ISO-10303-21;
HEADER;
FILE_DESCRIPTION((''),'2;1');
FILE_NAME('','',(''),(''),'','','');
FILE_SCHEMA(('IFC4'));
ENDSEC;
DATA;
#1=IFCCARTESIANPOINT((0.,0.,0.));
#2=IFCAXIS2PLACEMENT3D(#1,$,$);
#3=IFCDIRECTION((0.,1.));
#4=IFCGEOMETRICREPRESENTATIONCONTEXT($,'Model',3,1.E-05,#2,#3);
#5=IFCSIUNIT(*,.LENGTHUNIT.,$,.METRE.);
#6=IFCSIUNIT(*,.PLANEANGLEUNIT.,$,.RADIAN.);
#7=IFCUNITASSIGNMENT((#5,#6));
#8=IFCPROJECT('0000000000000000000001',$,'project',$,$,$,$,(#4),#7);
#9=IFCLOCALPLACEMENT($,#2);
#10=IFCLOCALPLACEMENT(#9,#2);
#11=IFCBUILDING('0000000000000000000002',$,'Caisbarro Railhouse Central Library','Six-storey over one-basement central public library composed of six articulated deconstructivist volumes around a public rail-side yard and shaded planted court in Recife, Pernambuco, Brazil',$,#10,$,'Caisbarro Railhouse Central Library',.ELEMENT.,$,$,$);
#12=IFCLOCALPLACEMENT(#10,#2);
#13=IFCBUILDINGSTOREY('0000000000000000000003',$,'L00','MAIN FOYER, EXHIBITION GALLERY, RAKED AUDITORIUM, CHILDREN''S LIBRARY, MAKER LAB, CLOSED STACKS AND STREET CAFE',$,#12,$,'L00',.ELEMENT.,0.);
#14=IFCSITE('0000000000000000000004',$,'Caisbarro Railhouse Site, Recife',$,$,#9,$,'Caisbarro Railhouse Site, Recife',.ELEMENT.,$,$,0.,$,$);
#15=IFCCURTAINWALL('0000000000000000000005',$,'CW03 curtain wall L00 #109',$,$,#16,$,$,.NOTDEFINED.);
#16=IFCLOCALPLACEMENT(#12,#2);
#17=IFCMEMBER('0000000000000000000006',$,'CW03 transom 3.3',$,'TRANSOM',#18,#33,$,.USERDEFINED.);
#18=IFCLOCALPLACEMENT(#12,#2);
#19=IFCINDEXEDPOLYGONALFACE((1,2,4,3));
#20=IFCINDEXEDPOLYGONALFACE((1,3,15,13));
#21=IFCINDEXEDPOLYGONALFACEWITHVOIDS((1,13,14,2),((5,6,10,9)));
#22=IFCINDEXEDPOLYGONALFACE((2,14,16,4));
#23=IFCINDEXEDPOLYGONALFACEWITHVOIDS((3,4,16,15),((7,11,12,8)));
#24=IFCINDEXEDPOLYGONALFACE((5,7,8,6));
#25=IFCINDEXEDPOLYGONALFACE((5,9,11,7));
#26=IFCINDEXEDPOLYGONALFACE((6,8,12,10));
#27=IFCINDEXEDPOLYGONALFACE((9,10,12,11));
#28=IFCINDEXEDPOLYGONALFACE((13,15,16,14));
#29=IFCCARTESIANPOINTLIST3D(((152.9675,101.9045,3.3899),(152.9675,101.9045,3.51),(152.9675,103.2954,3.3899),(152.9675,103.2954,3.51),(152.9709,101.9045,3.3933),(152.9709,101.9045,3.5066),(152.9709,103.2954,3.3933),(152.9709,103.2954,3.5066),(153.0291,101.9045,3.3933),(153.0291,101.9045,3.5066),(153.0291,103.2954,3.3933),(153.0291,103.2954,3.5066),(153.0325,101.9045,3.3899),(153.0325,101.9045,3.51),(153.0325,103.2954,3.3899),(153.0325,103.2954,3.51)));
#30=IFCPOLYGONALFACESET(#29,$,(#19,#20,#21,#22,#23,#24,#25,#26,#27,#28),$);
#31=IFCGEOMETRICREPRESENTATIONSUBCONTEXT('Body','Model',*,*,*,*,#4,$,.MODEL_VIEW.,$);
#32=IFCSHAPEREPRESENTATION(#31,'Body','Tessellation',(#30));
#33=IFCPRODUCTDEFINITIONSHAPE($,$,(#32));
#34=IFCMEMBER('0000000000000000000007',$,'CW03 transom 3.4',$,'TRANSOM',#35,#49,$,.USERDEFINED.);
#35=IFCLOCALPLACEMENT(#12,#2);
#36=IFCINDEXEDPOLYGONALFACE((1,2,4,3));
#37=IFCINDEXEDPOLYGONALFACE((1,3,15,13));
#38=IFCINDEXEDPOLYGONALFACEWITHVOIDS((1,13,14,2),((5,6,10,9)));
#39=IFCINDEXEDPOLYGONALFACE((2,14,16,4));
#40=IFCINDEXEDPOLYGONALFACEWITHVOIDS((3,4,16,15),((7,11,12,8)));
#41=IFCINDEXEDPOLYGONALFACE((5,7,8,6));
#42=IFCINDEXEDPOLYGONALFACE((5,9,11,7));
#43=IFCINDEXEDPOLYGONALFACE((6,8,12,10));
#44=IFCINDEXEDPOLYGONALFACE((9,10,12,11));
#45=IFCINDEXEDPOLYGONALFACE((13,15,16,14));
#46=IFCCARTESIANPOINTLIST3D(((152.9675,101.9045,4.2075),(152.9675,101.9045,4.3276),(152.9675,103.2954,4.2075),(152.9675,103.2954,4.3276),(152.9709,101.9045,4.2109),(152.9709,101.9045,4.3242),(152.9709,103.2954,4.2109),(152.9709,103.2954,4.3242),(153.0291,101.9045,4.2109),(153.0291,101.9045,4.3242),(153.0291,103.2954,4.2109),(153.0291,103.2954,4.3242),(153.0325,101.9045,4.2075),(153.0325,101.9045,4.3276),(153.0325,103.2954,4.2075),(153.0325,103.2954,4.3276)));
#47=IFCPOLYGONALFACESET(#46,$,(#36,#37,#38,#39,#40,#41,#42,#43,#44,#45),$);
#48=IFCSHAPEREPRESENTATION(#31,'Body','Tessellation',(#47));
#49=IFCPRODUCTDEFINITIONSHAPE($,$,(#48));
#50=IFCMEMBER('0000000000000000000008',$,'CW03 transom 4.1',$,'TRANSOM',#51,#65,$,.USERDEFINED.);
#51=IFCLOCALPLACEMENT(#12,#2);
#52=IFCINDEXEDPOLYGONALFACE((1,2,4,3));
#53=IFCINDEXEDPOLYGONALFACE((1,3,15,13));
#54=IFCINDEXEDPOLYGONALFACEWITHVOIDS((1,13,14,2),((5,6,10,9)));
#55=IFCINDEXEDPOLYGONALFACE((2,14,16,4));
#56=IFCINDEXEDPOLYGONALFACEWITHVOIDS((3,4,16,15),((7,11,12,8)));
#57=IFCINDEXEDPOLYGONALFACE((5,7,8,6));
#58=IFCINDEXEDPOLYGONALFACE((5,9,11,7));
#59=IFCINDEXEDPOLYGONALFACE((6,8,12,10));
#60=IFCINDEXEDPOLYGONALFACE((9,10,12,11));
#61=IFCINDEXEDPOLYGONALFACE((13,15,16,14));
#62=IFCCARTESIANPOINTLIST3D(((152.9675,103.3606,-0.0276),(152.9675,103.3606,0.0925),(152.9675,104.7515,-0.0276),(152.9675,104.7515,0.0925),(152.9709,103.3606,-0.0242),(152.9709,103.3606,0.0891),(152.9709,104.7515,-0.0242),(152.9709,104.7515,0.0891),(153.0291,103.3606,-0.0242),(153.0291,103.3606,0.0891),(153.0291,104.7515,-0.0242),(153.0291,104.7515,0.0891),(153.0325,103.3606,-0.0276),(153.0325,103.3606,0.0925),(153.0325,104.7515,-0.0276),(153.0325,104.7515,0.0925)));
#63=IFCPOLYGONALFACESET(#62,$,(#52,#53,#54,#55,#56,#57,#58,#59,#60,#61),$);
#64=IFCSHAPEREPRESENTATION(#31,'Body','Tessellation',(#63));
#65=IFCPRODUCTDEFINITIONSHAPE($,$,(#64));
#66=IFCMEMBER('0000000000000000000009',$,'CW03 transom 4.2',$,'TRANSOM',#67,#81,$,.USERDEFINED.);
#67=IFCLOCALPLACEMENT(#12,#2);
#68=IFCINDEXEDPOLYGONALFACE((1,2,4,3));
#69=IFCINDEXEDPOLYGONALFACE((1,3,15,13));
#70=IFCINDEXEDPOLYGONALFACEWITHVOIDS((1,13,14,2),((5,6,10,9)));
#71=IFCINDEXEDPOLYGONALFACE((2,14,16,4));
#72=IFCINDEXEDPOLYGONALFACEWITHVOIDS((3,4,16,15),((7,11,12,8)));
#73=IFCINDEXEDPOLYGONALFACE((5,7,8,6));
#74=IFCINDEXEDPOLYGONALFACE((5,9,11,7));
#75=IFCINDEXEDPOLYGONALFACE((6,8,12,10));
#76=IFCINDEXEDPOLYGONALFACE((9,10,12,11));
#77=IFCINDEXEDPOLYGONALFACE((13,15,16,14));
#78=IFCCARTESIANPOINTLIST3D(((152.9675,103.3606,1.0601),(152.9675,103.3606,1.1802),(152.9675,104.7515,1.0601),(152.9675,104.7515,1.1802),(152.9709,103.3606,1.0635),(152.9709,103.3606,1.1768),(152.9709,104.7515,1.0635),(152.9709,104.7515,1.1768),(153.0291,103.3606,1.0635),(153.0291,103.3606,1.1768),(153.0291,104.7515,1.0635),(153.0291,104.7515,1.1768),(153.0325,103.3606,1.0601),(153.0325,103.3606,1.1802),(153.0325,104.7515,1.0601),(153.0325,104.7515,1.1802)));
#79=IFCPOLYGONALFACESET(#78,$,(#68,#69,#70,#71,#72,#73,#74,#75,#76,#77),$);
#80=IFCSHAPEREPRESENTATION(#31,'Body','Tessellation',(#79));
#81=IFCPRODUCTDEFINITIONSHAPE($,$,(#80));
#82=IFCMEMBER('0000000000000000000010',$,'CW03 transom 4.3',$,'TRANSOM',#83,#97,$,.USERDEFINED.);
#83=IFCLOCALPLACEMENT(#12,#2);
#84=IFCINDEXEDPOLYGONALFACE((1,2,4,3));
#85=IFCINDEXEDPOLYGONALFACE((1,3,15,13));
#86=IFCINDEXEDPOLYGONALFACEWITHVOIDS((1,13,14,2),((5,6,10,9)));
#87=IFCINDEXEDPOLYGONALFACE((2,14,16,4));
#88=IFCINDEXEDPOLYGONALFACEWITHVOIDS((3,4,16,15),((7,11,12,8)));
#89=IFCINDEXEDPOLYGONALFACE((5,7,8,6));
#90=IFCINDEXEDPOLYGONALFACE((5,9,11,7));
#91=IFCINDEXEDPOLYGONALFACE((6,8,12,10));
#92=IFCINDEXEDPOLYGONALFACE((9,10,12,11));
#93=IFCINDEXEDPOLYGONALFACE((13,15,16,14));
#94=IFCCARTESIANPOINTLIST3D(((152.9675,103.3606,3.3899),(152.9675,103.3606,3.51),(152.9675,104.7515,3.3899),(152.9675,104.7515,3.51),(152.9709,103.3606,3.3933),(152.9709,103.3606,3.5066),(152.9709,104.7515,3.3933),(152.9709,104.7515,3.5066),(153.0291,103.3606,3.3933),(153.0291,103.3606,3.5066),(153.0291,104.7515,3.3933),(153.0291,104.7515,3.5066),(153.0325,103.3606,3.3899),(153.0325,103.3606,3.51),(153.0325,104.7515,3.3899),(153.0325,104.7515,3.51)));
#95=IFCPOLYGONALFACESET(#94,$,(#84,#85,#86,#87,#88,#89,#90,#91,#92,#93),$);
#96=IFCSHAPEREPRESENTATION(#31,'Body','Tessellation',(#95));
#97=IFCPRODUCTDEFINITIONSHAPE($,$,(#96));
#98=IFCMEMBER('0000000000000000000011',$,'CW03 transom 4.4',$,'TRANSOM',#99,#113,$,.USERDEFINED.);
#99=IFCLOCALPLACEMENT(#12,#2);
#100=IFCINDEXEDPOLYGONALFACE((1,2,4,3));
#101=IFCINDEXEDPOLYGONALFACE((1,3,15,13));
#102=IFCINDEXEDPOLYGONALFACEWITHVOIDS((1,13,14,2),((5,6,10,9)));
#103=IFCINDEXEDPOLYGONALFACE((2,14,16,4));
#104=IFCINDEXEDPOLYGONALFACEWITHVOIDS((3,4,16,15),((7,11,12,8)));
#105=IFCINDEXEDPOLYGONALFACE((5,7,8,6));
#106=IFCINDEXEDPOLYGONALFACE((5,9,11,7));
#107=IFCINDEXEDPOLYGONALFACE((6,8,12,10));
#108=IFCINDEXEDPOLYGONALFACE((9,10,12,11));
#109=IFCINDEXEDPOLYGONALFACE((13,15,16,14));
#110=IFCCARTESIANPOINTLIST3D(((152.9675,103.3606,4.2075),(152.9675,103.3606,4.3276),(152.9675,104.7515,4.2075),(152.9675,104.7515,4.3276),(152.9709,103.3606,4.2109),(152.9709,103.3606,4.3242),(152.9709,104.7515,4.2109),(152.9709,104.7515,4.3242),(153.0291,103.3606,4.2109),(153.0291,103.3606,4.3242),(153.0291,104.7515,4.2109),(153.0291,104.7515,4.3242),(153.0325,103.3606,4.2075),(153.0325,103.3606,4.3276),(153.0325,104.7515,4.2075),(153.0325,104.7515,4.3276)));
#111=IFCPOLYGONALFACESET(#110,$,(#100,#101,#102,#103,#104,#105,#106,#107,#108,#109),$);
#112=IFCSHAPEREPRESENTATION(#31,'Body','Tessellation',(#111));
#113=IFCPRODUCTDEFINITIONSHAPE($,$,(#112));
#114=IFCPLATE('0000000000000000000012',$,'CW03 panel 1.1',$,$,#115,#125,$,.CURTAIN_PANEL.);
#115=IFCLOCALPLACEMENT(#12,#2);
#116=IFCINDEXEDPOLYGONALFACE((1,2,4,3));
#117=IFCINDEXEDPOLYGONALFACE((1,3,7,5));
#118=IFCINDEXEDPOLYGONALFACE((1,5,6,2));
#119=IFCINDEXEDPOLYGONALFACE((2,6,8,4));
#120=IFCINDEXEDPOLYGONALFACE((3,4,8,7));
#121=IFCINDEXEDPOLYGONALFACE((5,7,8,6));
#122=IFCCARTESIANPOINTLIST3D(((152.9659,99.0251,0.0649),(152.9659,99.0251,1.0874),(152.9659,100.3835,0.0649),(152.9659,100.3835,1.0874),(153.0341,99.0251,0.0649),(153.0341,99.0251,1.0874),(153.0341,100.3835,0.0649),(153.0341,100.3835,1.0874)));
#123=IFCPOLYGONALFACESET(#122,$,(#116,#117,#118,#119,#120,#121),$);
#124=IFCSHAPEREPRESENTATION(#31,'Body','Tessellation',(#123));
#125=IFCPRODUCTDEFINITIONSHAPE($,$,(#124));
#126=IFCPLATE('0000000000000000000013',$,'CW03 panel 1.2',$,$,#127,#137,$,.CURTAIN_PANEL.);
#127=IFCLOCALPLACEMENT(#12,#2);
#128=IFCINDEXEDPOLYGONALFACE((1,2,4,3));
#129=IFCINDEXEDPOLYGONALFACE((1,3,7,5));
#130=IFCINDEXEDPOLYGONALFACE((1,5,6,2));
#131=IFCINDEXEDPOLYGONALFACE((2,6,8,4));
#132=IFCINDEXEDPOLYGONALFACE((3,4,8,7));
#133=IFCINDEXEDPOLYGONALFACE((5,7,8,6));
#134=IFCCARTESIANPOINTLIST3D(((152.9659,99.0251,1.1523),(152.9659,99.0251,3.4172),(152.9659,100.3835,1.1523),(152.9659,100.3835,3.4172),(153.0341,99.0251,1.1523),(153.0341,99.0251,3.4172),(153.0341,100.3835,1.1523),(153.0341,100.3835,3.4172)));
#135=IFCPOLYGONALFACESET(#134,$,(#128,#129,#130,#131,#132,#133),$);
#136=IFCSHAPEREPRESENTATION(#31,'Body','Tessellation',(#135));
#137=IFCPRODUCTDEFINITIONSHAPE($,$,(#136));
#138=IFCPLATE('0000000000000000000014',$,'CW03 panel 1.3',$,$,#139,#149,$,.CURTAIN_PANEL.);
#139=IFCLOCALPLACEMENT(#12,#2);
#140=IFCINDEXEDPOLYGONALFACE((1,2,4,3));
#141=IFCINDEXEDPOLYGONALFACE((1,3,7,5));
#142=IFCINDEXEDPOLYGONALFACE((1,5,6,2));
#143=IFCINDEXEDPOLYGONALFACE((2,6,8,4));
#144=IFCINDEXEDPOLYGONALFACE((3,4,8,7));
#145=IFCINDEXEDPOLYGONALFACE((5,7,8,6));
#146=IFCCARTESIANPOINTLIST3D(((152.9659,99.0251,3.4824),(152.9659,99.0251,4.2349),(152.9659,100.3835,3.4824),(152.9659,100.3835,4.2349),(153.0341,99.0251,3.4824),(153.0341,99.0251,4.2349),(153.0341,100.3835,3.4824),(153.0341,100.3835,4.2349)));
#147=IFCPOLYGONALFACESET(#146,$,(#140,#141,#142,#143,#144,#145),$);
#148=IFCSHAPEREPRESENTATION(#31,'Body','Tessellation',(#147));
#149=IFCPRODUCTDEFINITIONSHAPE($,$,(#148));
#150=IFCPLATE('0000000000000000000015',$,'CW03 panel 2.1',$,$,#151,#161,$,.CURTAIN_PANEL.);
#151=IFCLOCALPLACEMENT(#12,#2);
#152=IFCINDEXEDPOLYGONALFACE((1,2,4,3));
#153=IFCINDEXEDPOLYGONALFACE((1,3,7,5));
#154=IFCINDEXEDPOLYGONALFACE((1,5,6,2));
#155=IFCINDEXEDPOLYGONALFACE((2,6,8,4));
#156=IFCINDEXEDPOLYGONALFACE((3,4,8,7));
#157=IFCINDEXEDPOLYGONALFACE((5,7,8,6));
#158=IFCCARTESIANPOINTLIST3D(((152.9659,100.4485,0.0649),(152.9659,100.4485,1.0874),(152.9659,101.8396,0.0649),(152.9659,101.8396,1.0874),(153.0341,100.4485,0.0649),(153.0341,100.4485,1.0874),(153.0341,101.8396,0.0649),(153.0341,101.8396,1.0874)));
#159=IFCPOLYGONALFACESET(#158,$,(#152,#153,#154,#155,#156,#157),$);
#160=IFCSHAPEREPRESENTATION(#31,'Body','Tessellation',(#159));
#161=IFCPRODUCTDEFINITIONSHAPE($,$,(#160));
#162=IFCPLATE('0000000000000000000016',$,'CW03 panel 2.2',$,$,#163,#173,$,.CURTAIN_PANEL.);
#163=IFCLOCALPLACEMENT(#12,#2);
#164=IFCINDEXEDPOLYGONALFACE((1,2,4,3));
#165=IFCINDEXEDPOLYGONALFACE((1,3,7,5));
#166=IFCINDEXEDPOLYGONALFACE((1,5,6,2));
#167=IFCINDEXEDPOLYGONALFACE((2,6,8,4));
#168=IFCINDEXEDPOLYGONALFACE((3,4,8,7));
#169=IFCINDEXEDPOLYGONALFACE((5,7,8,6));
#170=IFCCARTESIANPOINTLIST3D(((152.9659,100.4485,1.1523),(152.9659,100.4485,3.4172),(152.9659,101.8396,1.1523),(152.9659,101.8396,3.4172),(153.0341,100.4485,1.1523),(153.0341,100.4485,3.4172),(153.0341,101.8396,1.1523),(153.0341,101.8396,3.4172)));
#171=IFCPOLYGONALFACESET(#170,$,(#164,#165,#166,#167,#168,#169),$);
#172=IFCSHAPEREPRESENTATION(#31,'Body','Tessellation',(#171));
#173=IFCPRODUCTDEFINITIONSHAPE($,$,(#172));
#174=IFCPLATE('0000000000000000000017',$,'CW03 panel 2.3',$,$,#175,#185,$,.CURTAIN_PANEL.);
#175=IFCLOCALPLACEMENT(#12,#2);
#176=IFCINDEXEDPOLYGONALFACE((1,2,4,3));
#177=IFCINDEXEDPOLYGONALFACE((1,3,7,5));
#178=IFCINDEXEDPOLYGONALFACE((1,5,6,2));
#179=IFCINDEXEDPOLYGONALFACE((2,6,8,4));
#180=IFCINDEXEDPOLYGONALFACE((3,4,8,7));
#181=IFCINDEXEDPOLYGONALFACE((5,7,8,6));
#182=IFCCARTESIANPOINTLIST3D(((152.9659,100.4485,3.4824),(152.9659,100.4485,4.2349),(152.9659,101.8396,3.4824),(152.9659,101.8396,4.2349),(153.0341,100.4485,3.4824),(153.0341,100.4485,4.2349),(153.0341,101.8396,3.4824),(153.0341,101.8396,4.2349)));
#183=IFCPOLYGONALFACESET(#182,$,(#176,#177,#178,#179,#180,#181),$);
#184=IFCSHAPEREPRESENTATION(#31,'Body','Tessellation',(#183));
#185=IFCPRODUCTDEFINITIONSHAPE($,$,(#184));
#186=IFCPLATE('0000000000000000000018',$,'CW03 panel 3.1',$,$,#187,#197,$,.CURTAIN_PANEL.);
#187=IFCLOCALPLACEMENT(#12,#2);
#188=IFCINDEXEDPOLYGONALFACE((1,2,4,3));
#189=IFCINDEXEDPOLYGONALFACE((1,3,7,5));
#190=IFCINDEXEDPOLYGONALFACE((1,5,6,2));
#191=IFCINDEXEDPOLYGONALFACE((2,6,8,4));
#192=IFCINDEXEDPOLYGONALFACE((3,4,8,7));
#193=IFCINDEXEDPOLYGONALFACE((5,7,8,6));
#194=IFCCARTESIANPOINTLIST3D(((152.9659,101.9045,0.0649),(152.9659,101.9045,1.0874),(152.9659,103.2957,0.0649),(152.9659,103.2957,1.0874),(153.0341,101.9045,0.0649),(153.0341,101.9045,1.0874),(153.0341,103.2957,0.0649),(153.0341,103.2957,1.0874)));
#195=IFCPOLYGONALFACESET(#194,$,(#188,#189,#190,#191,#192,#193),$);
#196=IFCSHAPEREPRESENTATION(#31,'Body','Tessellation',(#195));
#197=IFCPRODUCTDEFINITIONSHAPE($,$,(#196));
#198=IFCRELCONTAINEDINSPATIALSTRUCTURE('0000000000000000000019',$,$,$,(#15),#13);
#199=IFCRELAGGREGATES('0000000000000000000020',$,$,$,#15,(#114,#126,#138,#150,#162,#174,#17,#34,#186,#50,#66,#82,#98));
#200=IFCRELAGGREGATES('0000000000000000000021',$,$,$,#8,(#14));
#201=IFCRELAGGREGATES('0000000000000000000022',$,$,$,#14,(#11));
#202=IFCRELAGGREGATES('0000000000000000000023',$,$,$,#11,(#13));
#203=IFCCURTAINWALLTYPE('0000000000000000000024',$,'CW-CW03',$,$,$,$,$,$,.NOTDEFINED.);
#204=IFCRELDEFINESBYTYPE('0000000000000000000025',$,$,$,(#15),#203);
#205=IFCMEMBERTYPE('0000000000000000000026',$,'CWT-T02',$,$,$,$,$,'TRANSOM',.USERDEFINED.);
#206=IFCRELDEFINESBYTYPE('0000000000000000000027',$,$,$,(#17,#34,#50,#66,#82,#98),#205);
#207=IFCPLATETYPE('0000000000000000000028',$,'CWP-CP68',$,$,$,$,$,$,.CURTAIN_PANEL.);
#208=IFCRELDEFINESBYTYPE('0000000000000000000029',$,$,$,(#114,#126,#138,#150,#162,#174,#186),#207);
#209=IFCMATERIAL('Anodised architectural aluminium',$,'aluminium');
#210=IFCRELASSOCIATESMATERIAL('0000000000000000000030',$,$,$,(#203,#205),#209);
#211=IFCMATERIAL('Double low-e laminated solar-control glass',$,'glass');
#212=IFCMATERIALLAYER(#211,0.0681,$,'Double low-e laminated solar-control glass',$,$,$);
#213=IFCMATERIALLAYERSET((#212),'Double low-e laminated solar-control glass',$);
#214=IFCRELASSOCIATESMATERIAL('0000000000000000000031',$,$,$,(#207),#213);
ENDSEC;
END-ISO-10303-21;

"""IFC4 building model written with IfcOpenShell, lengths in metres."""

from ifc_helpers import new_model, si_unit, direction, frame, origin, origin_2d, place, context, subcontext, project, spatial, rectangle, hollow_rectangle, extrude, material, layer, layer_set, material_profile, profile_set, type_object, element, aggregate, save


model = new_model("IFC4")

# Units and contexts
model_context = context("Model", 3, precision=1e-05, world=origin(), true_north=direction((0.0, 1.0)))
body_context = subcontext(model_context, "Body", "Model", "MODEL_VIEW")
ifc_project = project(units=[si_unit("LENGTHUNIT", "METRE"), si_unit("PLANEANGLEUNIT", "RADIAN")], contexts=[model_context])

# Site, building, storey
site_placement = place(None, origin())
site = spatial("IfcSite", under=ifc_project, at=site_placement, Name="Caisbarro Railhouse Site, Recife", LongName="Caisbarro Railhouse Site, Recife", CompositionType="ELEMENT", RefElevation=0.0)
building_placement = place(site_placement, origin())
building = spatial("IfcBuilding", under=site, at=building_placement, Name="Caisbarro Railhouse Central Library", Description="Six-storey over one-basement central public library composed of six articulated deconstructivist volumes around a public rail-side yard and shaded planted court in Recife, Pernambuco, Brazil", LongName="Caisbarro Railhouse Central Library", CompositionType="ELEMENT")
storey_placement = place(building_placement, origin())
storey = spatial("IfcBuildingStorey", under=building, at=storey_placement, Name="L00", Description="MAIN FOYER, EXHIBITION GALLERY, RAKED AUDITORIUM, CHILDREN'S LIBRARY, MAKER LAB, CLOSED STACKS AND STREET CAFE", LongName="L00", CompositionType="ELEMENT", Elevation=0.0)

# Curtain wall, members, plates
ifc_material_1 = material(Name="Anodised architectural aluminium", Category="aluminium")
curtain_wall_type = type_object("IfcCurtainWallType", Name="CW-CW03", PredefinedType="NOTDEFINED", material=ifc_material_1)
curtain_wall_placement = place(storey_placement, origin())
curtain_wall = element("IfcCurtainWall", 1, at=curtain_wall_placement, inside=storey, type_object=curtain_wall_type, Name="CW03 curtain wall L00 #109", PredefinedType="NOTDEFINED")
ifc_material_profile_1 = material_profile(ifc_material_1, hollow_rectangle(XDim=0.0649, YDim=0.1201, WallThickness=0.0034, at=origin_2d()), Name="ALU-TRN-65X120")
ifc_profile_set_1 = profile_set([ifc_material_profile_1], Name="Anodised architectural aluminium")
member_type_1 = type_object("IfcMemberType", Name="CWT-T02", ElementType="TRANSOM", PredefinedType="USERDEFINED", material=ifc_profile_set_1)
member_1_placement = place(storey_placement, frame((153.0, 101.9045, 3.45), z_axis=(0.0, 1.0, 0.0), x_axis=(-1.0, 0.0, 0.0)))
member_1 = element("IfcMember", 2, at=member_1_placement, type_object=member_type_1, Name="CW03 transom 3.3", ObjectType="TRANSOM", PredefinedType="USERDEFINED", context=body_context, shape_type="SweptSolid", body=[
    extrude(hollow_rectangle(XDim=0.0649, YDim=0.1201, WallThickness=0.0034, at=origin_2d()), origin(), (0.0, 0.0, 1.0), 1.3909),
])
member_2_placement = place(storey_placement, frame((153.0, 101.9045, 4.2676), z_axis=(0.0, 1.0, 0.0), x_axis=(-1.0, 0.0, 0.0)))
member_2 = element("IfcMember", 3, at=member_2_placement, type_object=member_type_1, Name="CW03 transom 3.4", ObjectType="TRANSOM", PredefinedType="USERDEFINED", context=body_context, shape_type="SweptSolid", body=[
    extrude(hollow_rectangle(XDim=0.0649, YDim=0.1201, WallThickness=0.0034, at=origin_2d()), origin(), (0.0, 0.0, 1.0), 1.3909),
])
member_3_placement = place(storey_placement, frame((153.0, 103.3606, 0.0325), z_axis=(0.0, 1.0, 0.0), x_axis=(-1.0, 0.0, 0.0)))
member_3 = element("IfcMember", 4, at=member_3_placement, type_object=member_type_1, Name="CW03 transom 4.1", ObjectType="TRANSOM", PredefinedType="USERDEFINED", context=body_context, shape_type="SweptSolid", body=[
    extrude(hollow_rectangle(XDim=0.0649, YDim=0.1201, WallThickness=0.0034, at=origin_2d()), origin(), (0.0, 0.0, 1.0), 1.3909),
])
member_4_placement = place(storey_placement, frame((153.0, 103.3606, 1.1201), z_axis=(0.0, 1.0, 0.0), x_axis=(-1.0, 0.0, 0.0)))
member_4 = element("IfcMember", 5, at=member_4_placement, type_object=member_type_1, Name="CW03 transom 4.2", ObjectType="TRANSOM", PredefinedType="USERDEFINED", context=body_context, shape_type="SweptSolid", body=[
    extrude(hollow_rectangle(XDim=0.0649, YDim=0.1201, WallThickness=0.0034, at=origin_2d()), origin(), (0.0, 0.0, 1.0), 1.3909),
])
member_5_placement = place(storey_placement, frame((153.0, 103.3606, 3.45), z_axis=(0.0, 1.0, 0.0), x_axis=(-1.0, 0.0, 0.0)))
member_5 = element("IfcMember", 6, at=member_5_placement, type_object=member_type_1, Name="CW03 transom 4.3", ObjectType="TRANSOM", PredefinedType="USERDEFINED", context=body_context, shape_type="SweptSolid", body=[
    extrude(hollow_rectangle(XDim=0.0649, YDim=0.1201, WallThickness=0.0034, at=origin_2d()), origin(), (0.0, 0.0, 1.0), 1.3909),
])
member_6_placement = place(storey_placement, frame((153.0, 103.3606, 4.2676), z_axis=(0.0, 1.0, 0.0), x_axis=(-1.0, 0.0, 0.0)))
member_6 = element("IfcMember", 7, at=member_6_placement, type_object=member_type_1, Name="CW03 transom 4.4", ObjectType="TRANSOM", PredefinedType="USERDEFINED", context=body_context, shape_type="SweptSolid", body=[
    extrude(hollow_rectangle(XDim=0.0649, YDim=0.1201, WallThickness=0.0034, at=origin_2d()), origin(), (0.0, 0.0, 1.0), 1.3909),
])
ifc_material_2 = material(Name="Double low-e laminated solar-control glass", Category="glass")
ifc_layer = layer(ifc_material_2, 0.0681, Name="Double low-e laminated solar-control glass")
ifc_layer_set = layer_set([ifc_layer], Name="Double low-e laminated solar-control glass")
plate_type = type_object("IfcPlateType", Name="CWP-CP68", PredefinedType="CURTAIN_PANEL", material=ifc_layer_set)
plate_1_placement = place(storey_placement, frame((153.0, 99.7043, 0.0649), z_axis=(0.0, 0.0, 1.0), x_axis=(0.0, 1.0, 0.0)))
plate_1 = element("IfcPlate", 8, at=plate_1_placement, type_object=plate_type, Name="CW03 panel 1.1", PredefinedType="CURTAIN_PANEL", context=body_context, shape_type="SweptSolid", body=[
    extrude(rectangle(XDim=1.3584, YDim=0.0681, at=origin_2d()), origin(), (0.0, 0.0, 1.0), 1.0225),
])
plate_2_placement = place(storey_placement, frame((153.0, 99.7043, 1.1523), z_axis=(0.0, 0.0, 1.0), x_axis=(0.0, 1.0, 0.0)))
plate_2 = element("IfcPlate", 9, at=plate_2_placement, type_object=plate_type, Name="CW03 panel 1.2", PredefinedType="CURTAIN_PANEL", context=body_context, shape_type="SweptSolid", body=[
    extrude(rectangle(XDim=1.3584, YDim=0.0681, at=origin_2d()), origin(), (0.0, 0.0, 1.0), 2.2649),
])
plate_3_placement = place(storey_placement, frame((153.0, 99.7043, 3.4824), z_axis=(0.0, 0.0, 1.0), x_axis=(0.0, 1.0, 0.0)))
plate_3 = element("IfcPlate", 10, at=plate_3_placement, type_object=plate_type, Name="CW03 panel 1.3", PredefinedType="CURTAIN_PANEL", context=body_context, shape_type="SweptSolid", body=[
    extrude(rectangle(XDim=1.3584, YDim=0.0681, at=origin_2d()), origin(), (0.0, 0.0, 1.0), 0.7524),
])
plate_4_placement = place(storey_placement, frame((153.0, 101.144, 0.0649), z_axis=(0.0, 0.0, 1.0), x_axis=(0.0, 1.0, 0.0)))
plate_4 = element("IfcPlate", 11, at=plate_4_placement, type_object=plate_type, Name="CW03 panel 2.1", PredefinedType="CURTAIN_PANEL", context=body_context, shape_type="SweptSolid", body=[
    extrude(rectangle(XDim=1.3911, YDim=0.0681, at=origin_2d()), origin(), (0.0, 0.0, 1.0), 1.0225),
])
plate_5_placement = place(storey_placement, frame((153.0, 101.144, 1.1523), z_axis=(0.0, 0.0, 1.0), x_axis=(0.0, 1.0, 0.0)))
plate_5 = element("IfcPlate", 12, at=plate_5_placement, type_object=plate_type, Name="CW03 panel 2.2", PredefinedType="CURTAIN_PANEL", context=body_context, shape_type="SweptSolid", body=[
    extrude(rectangle(XDim=1.3911, YDim=0.0681, at=origin_2d()), origin(), (0.0, 0.0, 1.0), 2.2649),
])
plate_6_placement = place(storey_placement, frame((153.0, 101.144, 3.4824), z_axis=(0.0, 0.0, 1.0), x_axis=(0.0, 1.0, 0.0)))
plate_6 = element("IfcPlate", 13, at=plate_6_placement, type_object=plate_type, Name="CW03 panel 2.3", PredefinedType="CURTAIN_PANEL", context=body_context, shape_type="SweptSolid", body=[
    extrude(rectangle(XDim=1.3911, YDim=0.0681, at=origin_2d()), origin(), (0.0, 0.0, 1.0), 0.7524),
])
plate_7_placement = place(storey_placement, frame((153.0, 102.6001, 0.0649), z_axis=(0.0, 0.0, 1.0), x_axis=(0.0, 1.0, 0.0)))
plate_7 = element("IfcPlate", 14, at=plate_7_placement, type_object=plate_type, Name="CW03 panel 3.1", PredefinedType="CURTAIN_PANEL", context=body_context, shape_type="SweptSolid", body=[
    extrude(rectangle(XDim=1.3911, YDim=0.0681, at=origin_2d()), origin(), (0.0, 0.0, 1.0), 1.0225),
])
aggregate(curtain_wall, [plate_1, plate_2, plate_3, plate_4, plate_5, plate_6, member_1, member_2, plate_7, member_3, member_4, member_5, member_6])

save(model, "model.ifc")
